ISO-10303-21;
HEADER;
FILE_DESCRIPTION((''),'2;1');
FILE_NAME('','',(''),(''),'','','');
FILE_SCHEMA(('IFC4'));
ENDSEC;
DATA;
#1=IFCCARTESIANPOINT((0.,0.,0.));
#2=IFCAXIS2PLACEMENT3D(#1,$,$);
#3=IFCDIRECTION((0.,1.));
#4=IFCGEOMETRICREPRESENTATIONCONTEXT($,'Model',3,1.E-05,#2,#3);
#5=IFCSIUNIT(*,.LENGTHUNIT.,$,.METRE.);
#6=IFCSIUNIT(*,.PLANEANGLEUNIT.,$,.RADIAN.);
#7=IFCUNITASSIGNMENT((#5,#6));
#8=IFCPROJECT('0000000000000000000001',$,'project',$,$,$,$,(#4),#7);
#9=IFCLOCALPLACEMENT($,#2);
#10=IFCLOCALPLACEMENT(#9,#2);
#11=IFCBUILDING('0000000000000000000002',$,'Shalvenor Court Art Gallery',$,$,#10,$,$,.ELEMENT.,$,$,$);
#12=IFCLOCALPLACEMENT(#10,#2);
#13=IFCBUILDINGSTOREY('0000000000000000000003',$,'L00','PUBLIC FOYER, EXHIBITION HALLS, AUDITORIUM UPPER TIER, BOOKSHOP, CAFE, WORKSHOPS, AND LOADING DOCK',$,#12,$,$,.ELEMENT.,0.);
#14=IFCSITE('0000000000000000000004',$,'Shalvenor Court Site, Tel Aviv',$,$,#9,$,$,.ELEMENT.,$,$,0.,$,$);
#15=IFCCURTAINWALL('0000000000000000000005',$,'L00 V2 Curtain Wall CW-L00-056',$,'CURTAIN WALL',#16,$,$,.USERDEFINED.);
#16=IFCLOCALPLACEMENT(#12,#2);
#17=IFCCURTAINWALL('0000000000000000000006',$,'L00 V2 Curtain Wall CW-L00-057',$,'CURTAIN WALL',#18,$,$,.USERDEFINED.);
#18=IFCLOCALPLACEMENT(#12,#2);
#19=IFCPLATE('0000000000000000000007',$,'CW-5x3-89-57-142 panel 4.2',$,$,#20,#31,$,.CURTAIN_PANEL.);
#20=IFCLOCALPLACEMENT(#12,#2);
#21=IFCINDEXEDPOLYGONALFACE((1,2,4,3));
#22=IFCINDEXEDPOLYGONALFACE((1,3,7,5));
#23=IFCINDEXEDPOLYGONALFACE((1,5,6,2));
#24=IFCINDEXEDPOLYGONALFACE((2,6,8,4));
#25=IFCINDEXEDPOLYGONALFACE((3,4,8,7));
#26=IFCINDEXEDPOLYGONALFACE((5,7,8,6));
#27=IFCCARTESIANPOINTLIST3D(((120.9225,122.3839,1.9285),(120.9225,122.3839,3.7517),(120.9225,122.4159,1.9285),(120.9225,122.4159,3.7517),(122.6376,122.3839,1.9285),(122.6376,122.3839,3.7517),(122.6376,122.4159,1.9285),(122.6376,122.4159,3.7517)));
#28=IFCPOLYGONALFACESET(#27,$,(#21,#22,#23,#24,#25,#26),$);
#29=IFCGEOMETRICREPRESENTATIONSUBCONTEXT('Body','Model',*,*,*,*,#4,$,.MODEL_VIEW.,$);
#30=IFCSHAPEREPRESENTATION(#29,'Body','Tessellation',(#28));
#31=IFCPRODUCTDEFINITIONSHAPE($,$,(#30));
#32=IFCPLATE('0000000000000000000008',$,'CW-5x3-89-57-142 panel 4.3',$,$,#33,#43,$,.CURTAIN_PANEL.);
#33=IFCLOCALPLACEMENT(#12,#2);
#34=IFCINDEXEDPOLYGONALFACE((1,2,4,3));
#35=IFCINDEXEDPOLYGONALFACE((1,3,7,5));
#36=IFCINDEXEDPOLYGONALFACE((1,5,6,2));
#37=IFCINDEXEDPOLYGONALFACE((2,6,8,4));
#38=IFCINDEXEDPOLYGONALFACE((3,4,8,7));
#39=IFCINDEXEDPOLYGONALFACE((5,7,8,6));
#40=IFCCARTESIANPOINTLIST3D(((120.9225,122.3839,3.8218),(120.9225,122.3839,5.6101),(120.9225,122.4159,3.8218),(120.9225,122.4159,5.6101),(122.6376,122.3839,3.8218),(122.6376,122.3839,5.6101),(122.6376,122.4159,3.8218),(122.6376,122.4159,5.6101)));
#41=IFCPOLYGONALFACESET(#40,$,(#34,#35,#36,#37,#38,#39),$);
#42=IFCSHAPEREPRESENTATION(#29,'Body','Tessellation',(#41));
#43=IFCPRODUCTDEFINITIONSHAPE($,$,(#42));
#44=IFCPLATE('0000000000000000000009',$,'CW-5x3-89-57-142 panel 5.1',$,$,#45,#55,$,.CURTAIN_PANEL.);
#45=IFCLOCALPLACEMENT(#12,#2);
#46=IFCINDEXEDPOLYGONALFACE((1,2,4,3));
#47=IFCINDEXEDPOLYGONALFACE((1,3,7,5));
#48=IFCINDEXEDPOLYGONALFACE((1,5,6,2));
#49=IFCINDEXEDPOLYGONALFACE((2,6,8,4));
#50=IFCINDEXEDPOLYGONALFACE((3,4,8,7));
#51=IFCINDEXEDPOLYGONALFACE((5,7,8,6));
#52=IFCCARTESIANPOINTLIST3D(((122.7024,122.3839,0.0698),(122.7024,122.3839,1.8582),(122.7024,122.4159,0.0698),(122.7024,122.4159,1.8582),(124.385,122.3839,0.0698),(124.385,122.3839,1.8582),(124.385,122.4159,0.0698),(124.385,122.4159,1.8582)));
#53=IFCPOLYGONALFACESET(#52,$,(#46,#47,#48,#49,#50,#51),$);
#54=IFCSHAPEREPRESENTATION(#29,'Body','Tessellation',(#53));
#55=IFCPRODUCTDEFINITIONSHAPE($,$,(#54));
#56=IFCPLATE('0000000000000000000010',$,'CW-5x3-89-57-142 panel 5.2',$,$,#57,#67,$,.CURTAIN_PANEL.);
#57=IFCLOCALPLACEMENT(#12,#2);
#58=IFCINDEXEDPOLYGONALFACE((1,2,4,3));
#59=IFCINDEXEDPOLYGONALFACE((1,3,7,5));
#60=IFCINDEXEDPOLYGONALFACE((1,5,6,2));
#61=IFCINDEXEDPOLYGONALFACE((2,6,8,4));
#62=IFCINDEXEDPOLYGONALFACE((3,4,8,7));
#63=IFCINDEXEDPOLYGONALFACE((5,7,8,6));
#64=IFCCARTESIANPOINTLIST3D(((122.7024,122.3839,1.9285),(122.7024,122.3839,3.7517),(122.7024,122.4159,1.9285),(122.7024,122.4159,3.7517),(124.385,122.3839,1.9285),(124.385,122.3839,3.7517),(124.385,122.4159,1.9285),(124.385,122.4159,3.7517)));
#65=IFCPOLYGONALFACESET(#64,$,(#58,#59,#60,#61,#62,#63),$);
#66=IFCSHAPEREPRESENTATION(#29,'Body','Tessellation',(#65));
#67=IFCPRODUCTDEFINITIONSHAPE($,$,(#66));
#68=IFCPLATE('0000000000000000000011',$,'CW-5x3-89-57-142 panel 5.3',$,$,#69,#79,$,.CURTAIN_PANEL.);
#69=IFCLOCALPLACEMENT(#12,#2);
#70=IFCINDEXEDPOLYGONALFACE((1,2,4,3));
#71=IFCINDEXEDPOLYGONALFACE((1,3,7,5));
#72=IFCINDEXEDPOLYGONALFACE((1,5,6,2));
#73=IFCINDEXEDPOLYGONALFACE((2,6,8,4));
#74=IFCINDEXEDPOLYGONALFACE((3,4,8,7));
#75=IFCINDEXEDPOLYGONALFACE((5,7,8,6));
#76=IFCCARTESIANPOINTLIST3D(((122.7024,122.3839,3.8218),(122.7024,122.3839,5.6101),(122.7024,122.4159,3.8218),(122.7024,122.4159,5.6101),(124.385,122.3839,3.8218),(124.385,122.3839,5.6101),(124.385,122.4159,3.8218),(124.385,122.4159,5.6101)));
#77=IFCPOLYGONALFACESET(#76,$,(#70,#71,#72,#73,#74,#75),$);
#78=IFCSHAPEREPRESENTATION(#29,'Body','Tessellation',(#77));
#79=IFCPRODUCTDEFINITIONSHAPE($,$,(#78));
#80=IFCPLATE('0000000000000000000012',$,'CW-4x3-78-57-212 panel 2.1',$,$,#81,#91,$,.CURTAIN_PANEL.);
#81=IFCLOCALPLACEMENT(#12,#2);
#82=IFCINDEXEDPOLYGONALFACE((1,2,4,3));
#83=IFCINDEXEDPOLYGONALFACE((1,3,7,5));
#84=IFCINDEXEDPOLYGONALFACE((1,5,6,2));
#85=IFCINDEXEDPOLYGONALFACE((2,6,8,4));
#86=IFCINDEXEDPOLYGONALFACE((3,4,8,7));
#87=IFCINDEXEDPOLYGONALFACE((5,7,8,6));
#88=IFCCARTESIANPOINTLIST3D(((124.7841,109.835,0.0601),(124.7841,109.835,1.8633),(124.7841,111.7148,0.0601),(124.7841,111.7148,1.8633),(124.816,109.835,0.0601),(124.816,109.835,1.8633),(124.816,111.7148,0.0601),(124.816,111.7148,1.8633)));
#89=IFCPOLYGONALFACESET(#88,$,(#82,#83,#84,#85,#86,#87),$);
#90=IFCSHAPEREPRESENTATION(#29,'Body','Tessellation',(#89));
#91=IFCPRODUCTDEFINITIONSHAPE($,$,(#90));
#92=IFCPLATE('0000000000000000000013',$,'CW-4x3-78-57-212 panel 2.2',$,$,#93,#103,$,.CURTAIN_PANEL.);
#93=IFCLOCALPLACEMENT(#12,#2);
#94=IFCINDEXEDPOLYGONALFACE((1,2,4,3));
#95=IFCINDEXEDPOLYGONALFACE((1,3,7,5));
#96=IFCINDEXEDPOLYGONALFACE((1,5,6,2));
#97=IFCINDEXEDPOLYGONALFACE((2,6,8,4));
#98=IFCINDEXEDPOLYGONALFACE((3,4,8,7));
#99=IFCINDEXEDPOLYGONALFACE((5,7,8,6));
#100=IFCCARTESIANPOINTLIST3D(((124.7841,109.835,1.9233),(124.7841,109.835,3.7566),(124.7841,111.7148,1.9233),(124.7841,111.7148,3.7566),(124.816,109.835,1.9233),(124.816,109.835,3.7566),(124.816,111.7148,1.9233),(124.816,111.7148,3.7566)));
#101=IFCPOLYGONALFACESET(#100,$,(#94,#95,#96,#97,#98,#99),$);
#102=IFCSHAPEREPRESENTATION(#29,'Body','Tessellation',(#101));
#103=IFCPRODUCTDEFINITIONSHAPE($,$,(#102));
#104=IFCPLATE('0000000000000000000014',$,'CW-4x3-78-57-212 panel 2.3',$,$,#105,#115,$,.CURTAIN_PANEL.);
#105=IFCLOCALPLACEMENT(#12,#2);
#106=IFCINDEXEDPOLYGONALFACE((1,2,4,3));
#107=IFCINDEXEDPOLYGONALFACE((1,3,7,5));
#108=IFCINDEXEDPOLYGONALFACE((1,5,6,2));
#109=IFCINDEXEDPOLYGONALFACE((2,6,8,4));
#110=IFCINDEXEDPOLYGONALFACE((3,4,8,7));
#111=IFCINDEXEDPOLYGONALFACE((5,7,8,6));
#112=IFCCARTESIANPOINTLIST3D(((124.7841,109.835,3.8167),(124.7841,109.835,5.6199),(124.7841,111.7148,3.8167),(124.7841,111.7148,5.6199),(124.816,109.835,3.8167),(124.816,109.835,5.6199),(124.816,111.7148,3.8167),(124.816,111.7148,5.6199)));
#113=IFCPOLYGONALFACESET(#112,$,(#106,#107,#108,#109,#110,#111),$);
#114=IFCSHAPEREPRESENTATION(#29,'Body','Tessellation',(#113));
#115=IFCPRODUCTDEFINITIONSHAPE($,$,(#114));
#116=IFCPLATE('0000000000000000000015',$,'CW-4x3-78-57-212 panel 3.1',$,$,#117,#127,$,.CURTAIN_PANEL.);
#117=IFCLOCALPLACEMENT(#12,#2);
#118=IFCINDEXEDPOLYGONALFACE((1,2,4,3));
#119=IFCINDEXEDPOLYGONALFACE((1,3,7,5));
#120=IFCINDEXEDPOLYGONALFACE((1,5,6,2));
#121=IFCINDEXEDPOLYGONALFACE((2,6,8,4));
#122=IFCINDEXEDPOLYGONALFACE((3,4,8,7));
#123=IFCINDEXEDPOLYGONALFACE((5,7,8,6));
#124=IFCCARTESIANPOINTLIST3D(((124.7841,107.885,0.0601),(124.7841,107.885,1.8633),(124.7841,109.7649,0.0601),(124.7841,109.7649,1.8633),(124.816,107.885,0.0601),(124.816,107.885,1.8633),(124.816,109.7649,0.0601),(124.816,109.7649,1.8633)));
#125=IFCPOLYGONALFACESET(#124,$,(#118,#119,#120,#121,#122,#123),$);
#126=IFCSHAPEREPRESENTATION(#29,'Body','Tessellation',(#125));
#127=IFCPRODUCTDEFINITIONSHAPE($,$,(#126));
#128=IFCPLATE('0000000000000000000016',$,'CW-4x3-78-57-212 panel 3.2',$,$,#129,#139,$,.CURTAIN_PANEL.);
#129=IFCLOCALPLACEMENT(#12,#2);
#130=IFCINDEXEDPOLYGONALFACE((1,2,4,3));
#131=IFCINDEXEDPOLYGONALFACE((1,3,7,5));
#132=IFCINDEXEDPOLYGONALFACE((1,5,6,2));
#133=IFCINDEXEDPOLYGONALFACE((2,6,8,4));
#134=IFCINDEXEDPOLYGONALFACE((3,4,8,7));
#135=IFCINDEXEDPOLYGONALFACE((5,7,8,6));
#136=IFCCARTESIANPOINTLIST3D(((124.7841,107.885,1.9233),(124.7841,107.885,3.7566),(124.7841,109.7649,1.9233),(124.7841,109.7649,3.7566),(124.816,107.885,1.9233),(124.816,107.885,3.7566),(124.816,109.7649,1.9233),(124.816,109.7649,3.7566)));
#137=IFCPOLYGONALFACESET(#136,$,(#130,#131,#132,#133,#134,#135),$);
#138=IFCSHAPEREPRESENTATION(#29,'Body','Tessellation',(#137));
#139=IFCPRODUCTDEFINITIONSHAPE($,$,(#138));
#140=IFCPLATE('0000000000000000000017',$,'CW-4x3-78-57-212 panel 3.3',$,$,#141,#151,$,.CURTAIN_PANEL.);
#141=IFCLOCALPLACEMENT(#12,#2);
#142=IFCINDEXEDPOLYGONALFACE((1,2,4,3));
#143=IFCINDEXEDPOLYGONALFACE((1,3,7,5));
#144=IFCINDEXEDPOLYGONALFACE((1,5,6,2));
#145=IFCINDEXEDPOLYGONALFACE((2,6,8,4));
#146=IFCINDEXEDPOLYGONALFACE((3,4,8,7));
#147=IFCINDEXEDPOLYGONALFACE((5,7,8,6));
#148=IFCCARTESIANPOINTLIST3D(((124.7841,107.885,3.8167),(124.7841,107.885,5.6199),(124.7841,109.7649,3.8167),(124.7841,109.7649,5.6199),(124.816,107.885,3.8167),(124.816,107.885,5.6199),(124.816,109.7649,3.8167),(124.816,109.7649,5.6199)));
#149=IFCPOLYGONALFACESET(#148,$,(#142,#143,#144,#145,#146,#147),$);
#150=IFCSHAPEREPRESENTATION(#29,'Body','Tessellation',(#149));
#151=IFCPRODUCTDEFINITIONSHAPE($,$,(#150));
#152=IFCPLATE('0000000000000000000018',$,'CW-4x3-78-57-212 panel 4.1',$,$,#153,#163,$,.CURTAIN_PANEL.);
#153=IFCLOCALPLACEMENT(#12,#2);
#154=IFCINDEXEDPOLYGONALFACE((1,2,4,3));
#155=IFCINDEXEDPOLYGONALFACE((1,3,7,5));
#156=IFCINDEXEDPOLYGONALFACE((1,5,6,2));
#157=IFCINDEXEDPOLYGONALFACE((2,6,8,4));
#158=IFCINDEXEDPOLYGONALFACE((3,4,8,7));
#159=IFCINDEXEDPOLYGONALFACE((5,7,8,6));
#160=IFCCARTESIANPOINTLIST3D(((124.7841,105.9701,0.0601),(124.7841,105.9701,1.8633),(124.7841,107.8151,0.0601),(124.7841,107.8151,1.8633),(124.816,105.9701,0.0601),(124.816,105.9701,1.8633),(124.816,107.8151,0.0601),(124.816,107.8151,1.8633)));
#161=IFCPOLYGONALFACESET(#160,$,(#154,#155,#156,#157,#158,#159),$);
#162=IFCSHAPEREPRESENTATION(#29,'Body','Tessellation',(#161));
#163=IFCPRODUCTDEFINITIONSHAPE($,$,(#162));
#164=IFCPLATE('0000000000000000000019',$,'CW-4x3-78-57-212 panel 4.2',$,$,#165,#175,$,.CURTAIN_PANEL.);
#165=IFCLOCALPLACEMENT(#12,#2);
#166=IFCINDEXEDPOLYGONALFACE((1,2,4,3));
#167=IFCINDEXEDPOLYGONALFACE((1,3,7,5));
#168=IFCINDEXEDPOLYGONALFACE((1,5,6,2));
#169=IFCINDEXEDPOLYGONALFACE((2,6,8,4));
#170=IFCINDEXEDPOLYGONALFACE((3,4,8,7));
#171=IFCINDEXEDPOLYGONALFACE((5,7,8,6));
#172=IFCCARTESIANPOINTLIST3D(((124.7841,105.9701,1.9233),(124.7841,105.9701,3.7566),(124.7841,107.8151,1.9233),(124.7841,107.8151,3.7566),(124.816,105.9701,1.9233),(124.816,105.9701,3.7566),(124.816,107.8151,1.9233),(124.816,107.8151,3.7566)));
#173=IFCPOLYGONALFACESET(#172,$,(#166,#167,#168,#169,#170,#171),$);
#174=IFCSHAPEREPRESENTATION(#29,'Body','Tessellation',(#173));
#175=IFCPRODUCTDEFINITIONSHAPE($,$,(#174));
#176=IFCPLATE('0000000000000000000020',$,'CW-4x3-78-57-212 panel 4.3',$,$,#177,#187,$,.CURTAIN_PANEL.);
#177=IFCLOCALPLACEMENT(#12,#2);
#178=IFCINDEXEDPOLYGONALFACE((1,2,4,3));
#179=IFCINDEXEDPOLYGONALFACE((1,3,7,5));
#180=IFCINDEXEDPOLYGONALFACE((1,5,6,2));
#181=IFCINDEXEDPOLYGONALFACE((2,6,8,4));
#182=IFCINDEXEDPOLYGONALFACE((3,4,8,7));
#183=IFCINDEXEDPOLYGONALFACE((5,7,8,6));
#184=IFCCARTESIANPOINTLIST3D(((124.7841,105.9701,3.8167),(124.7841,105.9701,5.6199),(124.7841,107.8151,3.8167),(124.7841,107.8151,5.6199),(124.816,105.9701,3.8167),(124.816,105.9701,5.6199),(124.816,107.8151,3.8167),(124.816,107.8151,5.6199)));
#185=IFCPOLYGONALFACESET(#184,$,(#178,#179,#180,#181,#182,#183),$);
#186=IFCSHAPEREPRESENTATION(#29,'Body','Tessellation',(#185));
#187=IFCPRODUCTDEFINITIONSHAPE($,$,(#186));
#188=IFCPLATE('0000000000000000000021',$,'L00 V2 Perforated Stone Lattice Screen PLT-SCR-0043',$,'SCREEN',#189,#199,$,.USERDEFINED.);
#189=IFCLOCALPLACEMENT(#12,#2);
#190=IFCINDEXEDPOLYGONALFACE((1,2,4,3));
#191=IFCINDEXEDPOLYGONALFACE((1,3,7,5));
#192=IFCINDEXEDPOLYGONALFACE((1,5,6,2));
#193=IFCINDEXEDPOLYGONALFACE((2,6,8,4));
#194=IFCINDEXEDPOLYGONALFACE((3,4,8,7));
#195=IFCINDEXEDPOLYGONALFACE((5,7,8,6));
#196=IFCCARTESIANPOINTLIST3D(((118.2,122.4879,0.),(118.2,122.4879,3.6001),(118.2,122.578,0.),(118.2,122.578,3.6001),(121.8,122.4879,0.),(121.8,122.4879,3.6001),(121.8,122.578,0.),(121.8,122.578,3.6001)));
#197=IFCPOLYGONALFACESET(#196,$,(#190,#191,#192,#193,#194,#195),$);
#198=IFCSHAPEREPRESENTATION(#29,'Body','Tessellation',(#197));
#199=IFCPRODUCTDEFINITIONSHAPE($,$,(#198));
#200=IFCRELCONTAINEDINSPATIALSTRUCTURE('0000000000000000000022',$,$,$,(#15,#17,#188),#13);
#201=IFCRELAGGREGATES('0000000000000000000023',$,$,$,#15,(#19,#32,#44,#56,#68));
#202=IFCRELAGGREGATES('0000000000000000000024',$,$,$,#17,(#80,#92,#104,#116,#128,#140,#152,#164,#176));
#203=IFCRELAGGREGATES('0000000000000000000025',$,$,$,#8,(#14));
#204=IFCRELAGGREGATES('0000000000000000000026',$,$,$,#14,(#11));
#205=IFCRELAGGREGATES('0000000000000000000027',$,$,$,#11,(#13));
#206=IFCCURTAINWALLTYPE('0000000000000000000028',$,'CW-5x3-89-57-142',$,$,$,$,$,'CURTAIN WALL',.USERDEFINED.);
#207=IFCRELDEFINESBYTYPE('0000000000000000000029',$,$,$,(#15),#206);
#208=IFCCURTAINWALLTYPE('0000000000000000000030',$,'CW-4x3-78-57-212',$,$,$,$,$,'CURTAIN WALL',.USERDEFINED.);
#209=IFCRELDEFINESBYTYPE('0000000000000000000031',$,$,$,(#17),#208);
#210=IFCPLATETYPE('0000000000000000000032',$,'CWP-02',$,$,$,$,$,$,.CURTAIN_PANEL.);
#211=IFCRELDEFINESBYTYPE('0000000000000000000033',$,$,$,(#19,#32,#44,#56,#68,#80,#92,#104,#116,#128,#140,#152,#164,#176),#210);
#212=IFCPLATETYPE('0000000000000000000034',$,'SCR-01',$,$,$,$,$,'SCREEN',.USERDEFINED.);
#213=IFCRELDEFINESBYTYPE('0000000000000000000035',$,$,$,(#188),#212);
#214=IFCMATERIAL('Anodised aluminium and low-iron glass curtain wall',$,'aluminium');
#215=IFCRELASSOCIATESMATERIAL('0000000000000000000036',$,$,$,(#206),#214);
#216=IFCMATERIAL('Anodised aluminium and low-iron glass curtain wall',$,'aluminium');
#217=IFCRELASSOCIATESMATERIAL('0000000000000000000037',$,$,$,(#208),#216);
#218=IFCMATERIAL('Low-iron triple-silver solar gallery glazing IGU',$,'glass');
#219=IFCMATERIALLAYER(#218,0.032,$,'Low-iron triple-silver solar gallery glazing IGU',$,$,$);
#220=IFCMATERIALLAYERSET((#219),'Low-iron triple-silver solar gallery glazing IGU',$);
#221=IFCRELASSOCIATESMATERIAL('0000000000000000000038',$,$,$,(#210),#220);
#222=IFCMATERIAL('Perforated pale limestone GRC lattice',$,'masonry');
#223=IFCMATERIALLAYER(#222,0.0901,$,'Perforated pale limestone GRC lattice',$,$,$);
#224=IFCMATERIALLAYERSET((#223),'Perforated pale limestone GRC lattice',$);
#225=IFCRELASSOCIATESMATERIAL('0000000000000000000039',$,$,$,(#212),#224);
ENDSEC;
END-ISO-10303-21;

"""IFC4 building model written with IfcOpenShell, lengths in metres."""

from ifc_helpers import new_model, si_unit, direction, frame, origin, origin_2d, place, context, subcontext, project, spatial, rectangle, extrude, material, layer, layer_set, type_object, element, aggregate, save


model = new_model("IFC4")

# Units and contexts
model_context = context("Model", 3, precision=1e-05, world=origin(), true_north=direction((0.0, 1.0)))
body_context = subcontext(model_context, "Body", "Model", "MODEL_VIEW")
ifc_project = project(units=[si_unit("LENGTHUNIT", "METRE"), si_unit("PLANEANGLEUNIT", "RADIAN")], contexts=[model_context])

# Site, building, storey
site_placement = place(None, origin())
site = spatial("IfcSite", under=ifc_project, at=site_placement, Name="Shalvenor Court Site, Tel Aviv", CompositionType="ELEMENT", RefElevation=0.0)
building_placement = place(site_placement, origin())
building = spatial("IfcBuilding", under=site, at=building_placement, Name="Shalvenor Court Art Gallery", CompositionType="ELEMENT")
storey_placement = place(building_placement, origin())
storey = spatial("IfcBuildingStorey", under=building, at=storey_placement, Name="L00", Description="PUBLIC FOYER, EXHIBITION HALLS, AUDITORIUM UPPER TIER, BOOKSHOP, CAFE, WORKSHOPS, AND LOADING DOCK", CompositionType="ELEMENT", Elevation=0.0)

# Curtain walls
ifc_material_1 = material(Name="Anodised aluminium and low-iron glass curtain wall", Category="aluminium")
curtain_wall_type_1 = type_object("IfcCurtainWallType", Name="CW-5x3-89-57-142", ElementType="CURTAIN WALL", PredefinedType="USERDEFINED", material=ifc_material_1)
curtain_wall_1_placement = place(storey_placement, origin())
curtain_wall_1 = element("IfcCurtainWall", 1, at=curtain_wall_1_placement, inside=storey, type_object=curtain_wall_type_1, Name="L00 V2 Curtain Wall CW-L00-056", ObjectType="CURTAIN WALL", PredefinedType="USERDEFINED")
ifc_material_2 = material(Name="Anodised aluminium and low-iron glass curtain wall", Category="aluminium")
curtain_wall_type_2 = type_object("IfcCurtainWallType", Name="CW-4x3-78-57-212", ElementType="CURTAIN WALL", PredefinedType="USERDEFINED", material=ifc_material_2)
curtain_wall_2_placement = place(storey_placement, origin())
curtain_wall_2 = element("IfcCurtainWall", 2, at=curtain_wall_2_placement, inside=storey, type_object=curtain_wall_type_2, Name="L00 V2 Curtain Wall CW-L00-057", ObjectType="CURTAIN WALL", PredefinedType="USERDEFINED")

# Plates
ifc_material_3 = material(Name="Low-iron triple-silver solar gallery glazing IGU", Category="glass")
ifc_layer_1 = layer(ifc_material_3, 0.032, Name="Low-iron triple-silver solar gallery glazing IGU")
ifc_layer_set_1 = layer_set([ifc_layer_1], Name="Low-iron triple-silver solar gallery glazing IGU")
plate_type_1 = type_object("IfcPlateType", Name="CWP-02", PredefinedType="CURTAIN_PANEL", material=ifc_layer_set_1)
plate_1_placement = place(storey_placement, frame((121.78, 122.3999, 1.9285), z_axis=(0.0, 0.0, 1.0), x_axis=(1.0, 0.0, 0.0)))
plate_1 = element("IfcPlate", 3, at=plate_1_placement, type_object=plate_type_1, Name="CW-5x3-89-57-142 panel 4.2", PredefinedType="CURTAIN_PANEL", context=body_context, shape_type="SweptSolid", body=[
    extrude(rectangle(XDim=1.7151, YDim=0.032, at=origin_2d()), origin(), (0.0, 0.0, 1.0), 1.8232),
])
plate_2_placement = place(storey_placement, frame((121.78, 122.3999, 3.8218), z_axis=(0.0, 0.0, 1.0), x_axis=(1.0, 0.0, 0.0)))
plate_2 = element("IfcPlate", 4, at=plate_2_placement, type_object=plate_type_1, Name="CW-5x3-89-57-142 panel 4.3", PredefinedType="CURTAIN_PANEL", context=body_context, shape_type="SweptSolid", body=[
    extrude(rectangle(XDim=1.7151, YDim=0.032, at=origin_2d()), origin(), (0.0, 0.0, 1.0), 1.7883),
])
plate_3_placement = place(storey_placement, frame((123.5437, 122.3999, 0.0698), z_axis=(0.0, 0.0, 1.0), x_axis=(1.0, 0.0, 0.0)))
plate_3 = element("IfcPlate", 5, at=plate_3_placement, type_object=plate_type_1, Name="CW-5x3-89-57-142 panel 5.1", PredefinedType="CURTAIN_PANEL", context=body_context, shape_type="SweptSolid", body=[
    extrude(rectangle(XDim=1.6826, YDim=0.032, at=origin_2d()), origin(), (0.0, 0.0, 1.0), 1.7883),
])
plate_4_placement = place(storey_placement, frame((123.5437, 122.3999, 1.9285), z_axis=(0.0, 0.0, 1.0), x_axis=(1.0, 0.0, 0.0)))
plate_4 = element("IfcPlate", 6, at=plate_4_placement, type_object=plate_type_1, Name="CW-5x3-89-57-142 panel 5.2", PredefinedType="CURTAIN_PANEL", context=body_context, shape_type="SweptSolid", body=[
    extrude(rectangle(XDim=1.6826, YDim=0.032, at=origin_2d()), origin(), (0.0, 0.0, 1.0), 1.8232),
])
plate_5_placement = place(storey_placement, frame((123.5437, 122.3999, 3.8218), z_axis=(0.0, 0.0, 1.0), x_axis=(1.0, 0.0, 0.0)))
plate_5 = element("IfcPlate", 7, at=plate_5_placement, type_object=plate_type_1, Name="CW-5x3-89-57-142 panel 5.3", PredefinedType="CURTAIN_PANEL", context=body_context, shape_type="SweptSolid", body=[
    extrude(rectangle(XDim=1.6826, YDim=0.032, at=origin_2d()), origin(), (0.0, 0.0, 1.0), 1.7883),
])
aggregate(curtain_wall_1, [plate_1, plate_2, plate_3, plate_4, plate_5])
plate_6_placement = place(storey_placement, frame((124.8, 110.7749, 0.0601), z_axis=(0.0, 0.0, 1.0), x_axis=(0.0, -1.0, 0.0)))
plate_6 = element("IfcPlate", 8, at=plate_6_placement, type_object=plate_type_1, Name="CW-4x3-78-57-212 panel 2.1", PredefinedType="CURTAIN_PANEL", context=body_context, shape_type="SweptSolid", body=[
    extrude(rectangle(XDim=1.8799, YDim=0.032, at=origin_2d()), origin(), (0.0, 0.0, 1.0), 1.8032),
])
plate_7_placement = place(storey_placement, frame((124.8, 110.7749, 1.9233), z_axis=(0.0, 0.0, 1.0), x_axis=(0.0, -1.0, 0.0)))
plate_7 = element("IfcPlate", 9, at=plate_7_placement, type_object=plate_type_1, Name="CW-4x3-78-57-212 panel 2.2", PredefinedType="CURTAIN_PANEL", context=body_context, shape_type="SweptSolid", body=[
    extrude(rectangle(XDim=1.8799, YDim=0.032, at=origin_2d()), origin(), (0.0, 0.0, 1.0), 1.8333),
])
plate_8_placement = place(storey_placement, frame((124.8, 110.7749, 3.8167), z_axis=(0.0, 0.0, 1.0), x_axis=(0.0, -1.0, 0.0)))
plate_8 = element("IfcPlate", 10, at=plate_8_placement, type_object=plate_type_1, Name="CW-4x3-78-57-212 panel 2.3", PredefinedType="CURTAIN_PANEL", context=body_context, shape_type="SweptSolid", body=[
    extrude(rectangle(XDim=1.8799, YDim=0.032, at=origin_2d()), origin(), (0.0, 0.0, 1.0), 1.8032),
])
plate_9_placement = place(storey_placement, frame((124.8, 108.825, 0.0601), z_axis=(0.0, 0.0, 1.0), x_axis=(0.0, -1.0, 0.0)))
plate_9 = element("IfcPlate", 11, at=plate_9_placement, type_object=plate_type_1, Name="CW-4x3-78-57-212 panel 3.1", PredefinedType="CURTAIN_PANEL", context=body_context, shape_type="SweptSolid", body=[
    extrude(rectangle(XDim=1.8799, YDim=0.032, at=origin_2d()), origin(), (0.0, 0.0, 1.0), 1.8032),
])
plate_10_placement = place(storey_placement, frame((124.8, 108.825, 1.9233), z_axis=(0.0, 0.0, 1.0), x_axis=(0.0, -1.0, 0.0)))
plate_10 = element("IfcPlate", 12, at=plate_10_placement, type_object=plate_type_1, Name="CW-4x3-78-57-212 panel 3.2", PredefinedType="CURTAIN_PANEL", context=body_context, shape_type="SweptSolid", body=[
    extrude(rectangle(XDim=1.8799, YDim=0.032, at=origin_2d()), origin(), (0.0, 0.0, 1.0), 1.8333),
])
plate_11_placement = place(storey_placement, frame((124.8, 108.825, 3.8167), z_axis=(0.0, 0.0, 1.0), x_axis=(0.0, -1.0, 0.0)))
plate_11 = element("IfcPlate", 13, at=plate_11_placement, type_object=plate_type_1, Name="CW-4x3-78-57-212 panel 3.3", PredefinedType="CURTAIN_PANEL", context=body_context, shape_type="SweptSolid", body=[
    extrude(rectangle(XDim=1.8799, YDim=0.032, at=origin_2d()), origin(), (0.0, 0.0, 1.0), 1.8032),
])
plate_12_placement = place(storey_placement, frame((124.8, 106.8926, 0.0601), z_axis=(0.0, 0.0, 1.0), x_axis=(0.0, -1.0, 0.0)))
plate_12 = element("IfcPlate", 14, at=plate_12_placement, type_object=plate_type_1, Name="CW-4x3-78-57-212 panel 4.1", PredefinedType="CURTAIN_PANEL", context=body_context, shape_type="SweptSolid", body=[
    extrude(rectangle(XDim=1.845, YDim=0.032, at=origin_2d()), origin(), (0.0, 0.0, 1.0), 1.8032),
])
plate_13_placement = place(storey_placement, frame((124.8, 106.8926, 1.9233), z_axis=(0.0, 0.0, 1.0), x_axis=(0.0, -1.0, 0.0)))
plate_13 = element("IfcPlate", 15, at=plate_13_placement, type_object=plate_type_1, Name="CW-4x3-78-57-212 panel 4.2", PredefinedType="CURTAIN_PANEL", context=body_context, shape_type="SweptSolid", body=[
    extrude(rectangle(XDim=1.845, YDim=0.032, at=origin_2d()), origin(), (0.0, 0.0, 1.0), 1.8333),
])
plate_14_placement = place(storey_placement, frame((124.8, 106.8926, 3.8167), z_axis=(0.0, 0.0, 1.0), x_axis=(0.0, -1.0, 0.0)))
plate_14 = element("IfcPlate", 16, at=plate_14_placement, type_object=plate_type_1, Name="CW-4x3-78-57-212 panel 4.3", PredefinedType="CURTAIN_PANEL", context=body_context, shape_type="SweptSolid", body=[
    extrude(rectangle(XDim=1.845, YDim=0.032, at=origin_2d()), origin(), (0.0, 0.0, 1.0), 1.8032),
])
aggregate(curtain_wall_2, [plate_6, plate_7, plate_8, plate_9, plate_10, plate_11, plate_12, plate_13, plate_14])
ifc_material_4 = material(Name="Perforated pale limestone GRC lattice", Category="masonry")
ifc_layer_2 = layer(ifc_material_4, 0.0901, Name="Perforated pale limestone GRC lattice")
ifc_layer_set_2 = layer_set([ifc_layer_2], Name="Perforated pale limestone GRC lattice")
plate_type_2 = type_object("IfcPlateType", Name="SCR-01", ElementType="SCREEN", PredefinedType="USERDEFINED", material=ifc_layer_set_2)
plate_15_placement = place(storey_placement, frame((120.0, 122.533, 0.0), z_axis=(0.0, 0.0, 1.0), x_axis=(1.0, 0.0, 0.0)))
element("IfcPlate", 17, at=plate_15_placement, inside=storey, type_object=plate_type_2, Name="L00 V2 Perforated Stone Lattice Screen PLT-SCR-0043", ObjectType="SCREEN", PredefinedType="USERDEFINED", context=body_context, shape_type="SweptSolid", body=[
    extrude(rectangle(XDim=3.6001, YDim=0.0901, at=origin_2d()), origin(), (0.0, 0.0, 1.0), 3.6001),
])

save(model, "model.ifc")
